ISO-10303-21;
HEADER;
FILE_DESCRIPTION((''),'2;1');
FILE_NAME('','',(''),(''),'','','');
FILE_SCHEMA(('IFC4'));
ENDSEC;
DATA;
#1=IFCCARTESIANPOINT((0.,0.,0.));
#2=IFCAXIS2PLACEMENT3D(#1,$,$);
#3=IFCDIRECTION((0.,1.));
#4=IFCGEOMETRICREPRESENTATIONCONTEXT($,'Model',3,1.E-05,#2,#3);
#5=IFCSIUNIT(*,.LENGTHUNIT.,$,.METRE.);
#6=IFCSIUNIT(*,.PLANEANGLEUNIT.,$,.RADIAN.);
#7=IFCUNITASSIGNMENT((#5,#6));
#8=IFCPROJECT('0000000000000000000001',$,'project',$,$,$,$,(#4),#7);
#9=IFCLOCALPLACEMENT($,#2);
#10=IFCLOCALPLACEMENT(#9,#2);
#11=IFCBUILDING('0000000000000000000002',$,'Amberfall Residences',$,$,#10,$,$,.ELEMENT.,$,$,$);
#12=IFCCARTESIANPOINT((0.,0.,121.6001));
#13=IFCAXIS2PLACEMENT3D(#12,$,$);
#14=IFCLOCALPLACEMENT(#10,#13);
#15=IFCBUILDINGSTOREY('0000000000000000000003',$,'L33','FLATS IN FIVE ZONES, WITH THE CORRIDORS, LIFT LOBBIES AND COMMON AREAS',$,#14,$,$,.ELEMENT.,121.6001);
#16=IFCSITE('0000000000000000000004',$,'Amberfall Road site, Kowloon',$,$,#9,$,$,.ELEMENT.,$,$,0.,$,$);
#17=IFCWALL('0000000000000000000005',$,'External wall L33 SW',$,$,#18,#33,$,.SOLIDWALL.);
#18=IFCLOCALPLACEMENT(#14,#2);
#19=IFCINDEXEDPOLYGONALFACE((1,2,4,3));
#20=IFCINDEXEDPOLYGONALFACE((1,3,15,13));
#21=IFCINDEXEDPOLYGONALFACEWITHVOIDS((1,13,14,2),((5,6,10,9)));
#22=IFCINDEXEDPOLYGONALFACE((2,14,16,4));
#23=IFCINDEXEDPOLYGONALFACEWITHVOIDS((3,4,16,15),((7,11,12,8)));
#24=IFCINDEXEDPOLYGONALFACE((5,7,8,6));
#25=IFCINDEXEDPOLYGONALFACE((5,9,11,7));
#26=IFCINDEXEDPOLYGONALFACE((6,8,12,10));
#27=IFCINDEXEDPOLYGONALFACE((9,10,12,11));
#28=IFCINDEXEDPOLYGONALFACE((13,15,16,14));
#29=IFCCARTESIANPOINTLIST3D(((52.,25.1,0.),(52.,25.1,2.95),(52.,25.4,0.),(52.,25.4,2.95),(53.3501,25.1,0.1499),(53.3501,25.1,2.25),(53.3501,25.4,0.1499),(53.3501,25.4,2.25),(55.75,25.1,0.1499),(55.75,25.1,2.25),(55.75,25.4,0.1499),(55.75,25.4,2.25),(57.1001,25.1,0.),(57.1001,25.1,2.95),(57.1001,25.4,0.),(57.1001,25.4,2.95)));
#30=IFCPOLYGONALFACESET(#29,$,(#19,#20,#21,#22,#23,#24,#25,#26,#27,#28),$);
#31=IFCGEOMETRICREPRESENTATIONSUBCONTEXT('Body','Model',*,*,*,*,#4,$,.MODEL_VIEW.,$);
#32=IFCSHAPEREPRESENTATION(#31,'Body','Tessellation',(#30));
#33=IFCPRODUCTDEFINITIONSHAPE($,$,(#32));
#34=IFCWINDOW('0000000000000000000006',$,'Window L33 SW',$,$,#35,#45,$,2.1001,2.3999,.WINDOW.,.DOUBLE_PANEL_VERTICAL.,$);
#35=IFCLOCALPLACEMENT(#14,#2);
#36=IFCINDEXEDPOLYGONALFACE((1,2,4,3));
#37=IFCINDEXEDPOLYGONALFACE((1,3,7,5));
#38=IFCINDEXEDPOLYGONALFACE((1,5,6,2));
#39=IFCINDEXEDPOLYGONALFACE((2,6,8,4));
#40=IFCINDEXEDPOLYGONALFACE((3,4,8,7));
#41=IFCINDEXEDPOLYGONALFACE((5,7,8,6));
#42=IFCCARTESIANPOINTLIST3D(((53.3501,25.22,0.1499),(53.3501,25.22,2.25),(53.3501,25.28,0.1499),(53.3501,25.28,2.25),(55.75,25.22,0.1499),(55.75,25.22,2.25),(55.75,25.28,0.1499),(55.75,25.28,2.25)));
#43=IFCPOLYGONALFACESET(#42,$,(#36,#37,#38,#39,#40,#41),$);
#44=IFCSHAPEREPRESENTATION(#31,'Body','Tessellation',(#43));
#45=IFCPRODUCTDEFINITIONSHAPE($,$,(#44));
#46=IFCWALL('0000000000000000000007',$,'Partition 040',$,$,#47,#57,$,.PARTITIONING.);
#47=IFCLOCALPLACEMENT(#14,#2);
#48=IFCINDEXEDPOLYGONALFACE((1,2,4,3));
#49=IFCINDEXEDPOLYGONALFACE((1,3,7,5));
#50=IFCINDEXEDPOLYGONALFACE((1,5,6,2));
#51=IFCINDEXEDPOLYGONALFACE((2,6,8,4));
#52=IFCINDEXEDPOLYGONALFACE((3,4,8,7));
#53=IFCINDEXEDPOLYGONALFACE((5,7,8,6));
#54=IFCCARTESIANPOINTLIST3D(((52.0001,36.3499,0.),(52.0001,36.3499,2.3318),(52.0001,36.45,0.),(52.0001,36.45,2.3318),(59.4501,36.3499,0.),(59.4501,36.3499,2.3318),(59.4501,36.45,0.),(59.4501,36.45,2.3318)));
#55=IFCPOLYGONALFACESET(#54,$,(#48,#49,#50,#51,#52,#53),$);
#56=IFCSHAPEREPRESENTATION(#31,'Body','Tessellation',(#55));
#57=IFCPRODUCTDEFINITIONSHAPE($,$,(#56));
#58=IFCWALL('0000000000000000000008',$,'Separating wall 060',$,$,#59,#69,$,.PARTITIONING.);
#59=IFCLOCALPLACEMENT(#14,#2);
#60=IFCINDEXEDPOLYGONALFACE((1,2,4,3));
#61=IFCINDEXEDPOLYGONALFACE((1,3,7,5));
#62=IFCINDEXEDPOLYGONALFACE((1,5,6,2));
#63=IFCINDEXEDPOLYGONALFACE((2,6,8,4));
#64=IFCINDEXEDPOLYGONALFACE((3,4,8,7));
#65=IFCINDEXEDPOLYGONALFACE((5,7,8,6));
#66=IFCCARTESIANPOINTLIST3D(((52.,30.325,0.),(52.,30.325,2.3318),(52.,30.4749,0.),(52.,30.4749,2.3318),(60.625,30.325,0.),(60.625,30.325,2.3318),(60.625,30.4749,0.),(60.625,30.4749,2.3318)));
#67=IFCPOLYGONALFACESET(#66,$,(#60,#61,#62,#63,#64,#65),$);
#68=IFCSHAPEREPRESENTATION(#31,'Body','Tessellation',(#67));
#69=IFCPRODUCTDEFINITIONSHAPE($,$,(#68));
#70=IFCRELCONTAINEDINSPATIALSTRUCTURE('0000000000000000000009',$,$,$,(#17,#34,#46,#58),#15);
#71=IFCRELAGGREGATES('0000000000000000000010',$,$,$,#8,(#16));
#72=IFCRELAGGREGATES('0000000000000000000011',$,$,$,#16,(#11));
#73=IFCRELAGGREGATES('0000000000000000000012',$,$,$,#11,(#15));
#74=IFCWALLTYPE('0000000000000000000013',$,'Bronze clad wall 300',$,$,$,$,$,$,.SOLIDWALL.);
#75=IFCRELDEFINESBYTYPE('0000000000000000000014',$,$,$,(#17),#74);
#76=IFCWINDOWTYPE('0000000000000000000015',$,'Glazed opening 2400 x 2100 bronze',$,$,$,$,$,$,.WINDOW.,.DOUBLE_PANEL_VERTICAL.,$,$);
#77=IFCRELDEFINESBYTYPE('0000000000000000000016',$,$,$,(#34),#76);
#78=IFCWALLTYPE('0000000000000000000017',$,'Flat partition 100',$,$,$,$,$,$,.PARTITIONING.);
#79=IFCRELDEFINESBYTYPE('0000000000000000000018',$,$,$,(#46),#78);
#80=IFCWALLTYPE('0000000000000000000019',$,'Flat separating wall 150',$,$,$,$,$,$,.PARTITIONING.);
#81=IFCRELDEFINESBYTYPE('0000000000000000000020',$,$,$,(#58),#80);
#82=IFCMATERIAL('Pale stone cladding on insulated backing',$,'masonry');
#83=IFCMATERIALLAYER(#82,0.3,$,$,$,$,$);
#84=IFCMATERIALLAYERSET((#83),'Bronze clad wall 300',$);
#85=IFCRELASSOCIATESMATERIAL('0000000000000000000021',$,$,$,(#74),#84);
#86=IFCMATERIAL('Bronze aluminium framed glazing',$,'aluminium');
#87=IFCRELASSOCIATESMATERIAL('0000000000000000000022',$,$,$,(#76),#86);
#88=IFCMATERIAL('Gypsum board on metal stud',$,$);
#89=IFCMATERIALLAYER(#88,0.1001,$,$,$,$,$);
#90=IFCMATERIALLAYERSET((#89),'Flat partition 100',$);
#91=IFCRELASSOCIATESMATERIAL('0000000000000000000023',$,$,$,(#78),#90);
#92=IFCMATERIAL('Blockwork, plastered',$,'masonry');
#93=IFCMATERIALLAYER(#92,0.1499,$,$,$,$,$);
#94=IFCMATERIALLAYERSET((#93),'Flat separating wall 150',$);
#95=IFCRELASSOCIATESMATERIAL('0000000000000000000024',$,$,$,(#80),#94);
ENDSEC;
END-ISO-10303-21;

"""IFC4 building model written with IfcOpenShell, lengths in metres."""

from ifc_helpers import new_model, si_unit, direction, frame, frame_2d, origin, place, context, subcontext, project, spatial, rectangle, extrude, material, layer, layer_set, type_object, element, fill, save


model = new_model("IFC4")

# Units and contexts
model_context = context("Model", 3, precision=1e-05, world=origin(), true_north=direction((0.0, 1.0)))
body_context = subcontext(model_context, "Body", "Model", "MODEL_VIEW")
ifc_project = project(units=[si_unit("LENGTHUNIT", "METRE"), si_unit("PLANEANGLEUNIT", "RADIAN")], contexts=[model_context])

# Site, building, storey
site_placement = place(None, origin())
site = spatial("IfcSite", under=ifc_project, at=site_placement, Name="Amberfall Road site, Kowloon", CompositionType="ELEMENT", RefElevation=0.0)
building_placement = place(site_placement, origin())
building = spatial("IfcBuilding", under=site, at=building_placement, Name="Amberfall Residences", CompositionType="ELEMENT")
storey_placement = place(building_placement, frame((0.0, 0.0, 121.6001)))
storey = spatial("IfcBuildingStorey", under=building, at=storey_placement, Name="L33", Description="FLATS IN FIVE ZONES, WITH THE CORRIDORS, LIFT LOBBIES AND COMMON AREAS", CompositionType="ELEMENT", Elevation=121.6001)

# Wall, opening, window
ifc_material_1 = material(Name="Pale stone cladding on insulated backing", Category="masonry")
ifc_layer_1 = layer(ifc_material_1, 0.3)
ifc_layer_set_1 = layer_set([ifc_layer_1], Name="Bronze clad wall 300")
wall_type_1 = type_object("IfcWallType", Name="Bronze clad wall 300", PredefinedType="SOLIDWALL", material=ifc_layer_set_1)
wall_1_placement = place(storey_placement, frame((52.0, 25.25, 0.0), z_axis=(0.0, 0.0, 1.0), x_axis=(1.0, 0.0, 0.0)))
wall_1 = element("IfcWall", 1, at=wall_1_placement, inside=storey, type_object=wall_type_1, Name="External wall L33 SW", PredefinedType="SOLIDWALL", context=body_context, shape_type="SweptSolid", body=[
    extrude(rectangle(XDim=5.1001, YDim=0.3, at=frame_2d((2.55, 0.0))), origin(), (0.0, 0.0, 1.0), 2.95),
])
opening_placement = place(wall_1_placement, frame((1.3501, 0.0, 0.1499)))
opening = element("IfcOpeningElement", 2, at=opening_placement, cuts=wall_1, PredefinedType="OPENING", context=body_context, shape_type="SweptSolid", body=[
    extrude(rectangle(XDim=2.3999, YDim=2.1001, at=frame_2d((1.2, 1.05))), frame((0.0, 0.1599, 0.0), z_axis=(0.0, -1.0, 0.0), x_axis=(1.0, 0.0, 0.0)), (0.0, 0.0, 1.0), 0.3201),
])
ifc_material_2 = material(Name="Bronze aluminium framed glazing", Category="aluminium")
window_type = type_object("IfcWindowType", Name="Glazed opening 2400 x 2100 bronze", PartitioningType="DOUBLE_PANEL_VERTICAL", PredefinedType="WINDOW", material=ifc_material_2)
window_placement = place(opening_placement, origin())
window = element("IfcWindow", 3, at=window_placement, inside=storey, type_object=window_type, Name="Window L33 SW", OverallHeight=2.1001, OverallWidth=2.3999, PartitioningType="DOUBLE_PANEL_VERTICAL", PredefinedType="WINDOW", context=body_context, shape_type="SweptSolid", body=[
    extrude(rectangle(XDim=2.3999, YDim=2.1001, at=frame_2d((1.2, 1.05))), frame((0.0, 0.03, 0.0), z_axis=(0.0, -1.0, 0.0), x_axis=(1.0, 0.0, 0.0)), (0.0, 0.0, 1.0), 0.0601),
])
fill(opening, window)

# Walls
ifc_material_3 = material(Name="Gypsum board on metal stud")
ifc_layer_2 = layer(ifc_material_3, 0.1001)
ifc_layer_set_2 = layer_set([ifc_layer_2], Name="Flat partition 100")
wall_type_2 = type_object("IfcWallType", Name="Flat partition 100", PredefinedType="PARTITIONING", material=ifc_layer_set_2)
wall_2_placement = place(storey_placement, frame((52.0, 36.3999, 0.0), z_axis=(0.0, 0.0, 1.0), x_axis=(1.0, 0.0, 0.0)))
element("IfcWall", 4, at=wall_2_placement, inside=storey, type_object=wall_type_2, Name="Partition 040", PredefinedType="PARTITIONING", context=body_context, shape_type="SweptSolid", body=[
    extrude(rectangle(XDim=7.45, YDim=0.1001, at=frame_2d((3.7251, 0.0))), origin(), (0.0, 0.0, 1.0), 2.3318),
])
ifc_material_4 = material(Name="Blockwork, plastered", Category="masonry")
ifc_layer_3 = layer(ifc_material_4, 0.1499)
ifc_layer_set_3 = layer_set([ifc_layer_3], Name="Flat separating wall 150")
wall_type_3 = type_object("IfcWallType", Name="Flat separating wall 150", PredefinedType="PARTITIONING", material=ifc_layer_set_3)
wall_3_placement = place(storey_placement, frame((52.0, 30.3999, 0.0), z_axis=(0.0, 0.0, 1.0), x_axis=(1.0, 0.0, 0.0)))
element("IfcWall", 5, at=wall_3_placement, inside=storey, type_object=wall_type_3, Name="Separating wall 060", PredefinedType="PARTITIONING", context=body_context, shape_type="SweptSolid", body=[
    extrude(rectangle(XDim=8.625, YDim=0.1499, at=frame_2d((4.3125, 0.0))), origin(), (0.0, 0.0, 1.0), 2.3318),
])

save(model, "model.ifc")
